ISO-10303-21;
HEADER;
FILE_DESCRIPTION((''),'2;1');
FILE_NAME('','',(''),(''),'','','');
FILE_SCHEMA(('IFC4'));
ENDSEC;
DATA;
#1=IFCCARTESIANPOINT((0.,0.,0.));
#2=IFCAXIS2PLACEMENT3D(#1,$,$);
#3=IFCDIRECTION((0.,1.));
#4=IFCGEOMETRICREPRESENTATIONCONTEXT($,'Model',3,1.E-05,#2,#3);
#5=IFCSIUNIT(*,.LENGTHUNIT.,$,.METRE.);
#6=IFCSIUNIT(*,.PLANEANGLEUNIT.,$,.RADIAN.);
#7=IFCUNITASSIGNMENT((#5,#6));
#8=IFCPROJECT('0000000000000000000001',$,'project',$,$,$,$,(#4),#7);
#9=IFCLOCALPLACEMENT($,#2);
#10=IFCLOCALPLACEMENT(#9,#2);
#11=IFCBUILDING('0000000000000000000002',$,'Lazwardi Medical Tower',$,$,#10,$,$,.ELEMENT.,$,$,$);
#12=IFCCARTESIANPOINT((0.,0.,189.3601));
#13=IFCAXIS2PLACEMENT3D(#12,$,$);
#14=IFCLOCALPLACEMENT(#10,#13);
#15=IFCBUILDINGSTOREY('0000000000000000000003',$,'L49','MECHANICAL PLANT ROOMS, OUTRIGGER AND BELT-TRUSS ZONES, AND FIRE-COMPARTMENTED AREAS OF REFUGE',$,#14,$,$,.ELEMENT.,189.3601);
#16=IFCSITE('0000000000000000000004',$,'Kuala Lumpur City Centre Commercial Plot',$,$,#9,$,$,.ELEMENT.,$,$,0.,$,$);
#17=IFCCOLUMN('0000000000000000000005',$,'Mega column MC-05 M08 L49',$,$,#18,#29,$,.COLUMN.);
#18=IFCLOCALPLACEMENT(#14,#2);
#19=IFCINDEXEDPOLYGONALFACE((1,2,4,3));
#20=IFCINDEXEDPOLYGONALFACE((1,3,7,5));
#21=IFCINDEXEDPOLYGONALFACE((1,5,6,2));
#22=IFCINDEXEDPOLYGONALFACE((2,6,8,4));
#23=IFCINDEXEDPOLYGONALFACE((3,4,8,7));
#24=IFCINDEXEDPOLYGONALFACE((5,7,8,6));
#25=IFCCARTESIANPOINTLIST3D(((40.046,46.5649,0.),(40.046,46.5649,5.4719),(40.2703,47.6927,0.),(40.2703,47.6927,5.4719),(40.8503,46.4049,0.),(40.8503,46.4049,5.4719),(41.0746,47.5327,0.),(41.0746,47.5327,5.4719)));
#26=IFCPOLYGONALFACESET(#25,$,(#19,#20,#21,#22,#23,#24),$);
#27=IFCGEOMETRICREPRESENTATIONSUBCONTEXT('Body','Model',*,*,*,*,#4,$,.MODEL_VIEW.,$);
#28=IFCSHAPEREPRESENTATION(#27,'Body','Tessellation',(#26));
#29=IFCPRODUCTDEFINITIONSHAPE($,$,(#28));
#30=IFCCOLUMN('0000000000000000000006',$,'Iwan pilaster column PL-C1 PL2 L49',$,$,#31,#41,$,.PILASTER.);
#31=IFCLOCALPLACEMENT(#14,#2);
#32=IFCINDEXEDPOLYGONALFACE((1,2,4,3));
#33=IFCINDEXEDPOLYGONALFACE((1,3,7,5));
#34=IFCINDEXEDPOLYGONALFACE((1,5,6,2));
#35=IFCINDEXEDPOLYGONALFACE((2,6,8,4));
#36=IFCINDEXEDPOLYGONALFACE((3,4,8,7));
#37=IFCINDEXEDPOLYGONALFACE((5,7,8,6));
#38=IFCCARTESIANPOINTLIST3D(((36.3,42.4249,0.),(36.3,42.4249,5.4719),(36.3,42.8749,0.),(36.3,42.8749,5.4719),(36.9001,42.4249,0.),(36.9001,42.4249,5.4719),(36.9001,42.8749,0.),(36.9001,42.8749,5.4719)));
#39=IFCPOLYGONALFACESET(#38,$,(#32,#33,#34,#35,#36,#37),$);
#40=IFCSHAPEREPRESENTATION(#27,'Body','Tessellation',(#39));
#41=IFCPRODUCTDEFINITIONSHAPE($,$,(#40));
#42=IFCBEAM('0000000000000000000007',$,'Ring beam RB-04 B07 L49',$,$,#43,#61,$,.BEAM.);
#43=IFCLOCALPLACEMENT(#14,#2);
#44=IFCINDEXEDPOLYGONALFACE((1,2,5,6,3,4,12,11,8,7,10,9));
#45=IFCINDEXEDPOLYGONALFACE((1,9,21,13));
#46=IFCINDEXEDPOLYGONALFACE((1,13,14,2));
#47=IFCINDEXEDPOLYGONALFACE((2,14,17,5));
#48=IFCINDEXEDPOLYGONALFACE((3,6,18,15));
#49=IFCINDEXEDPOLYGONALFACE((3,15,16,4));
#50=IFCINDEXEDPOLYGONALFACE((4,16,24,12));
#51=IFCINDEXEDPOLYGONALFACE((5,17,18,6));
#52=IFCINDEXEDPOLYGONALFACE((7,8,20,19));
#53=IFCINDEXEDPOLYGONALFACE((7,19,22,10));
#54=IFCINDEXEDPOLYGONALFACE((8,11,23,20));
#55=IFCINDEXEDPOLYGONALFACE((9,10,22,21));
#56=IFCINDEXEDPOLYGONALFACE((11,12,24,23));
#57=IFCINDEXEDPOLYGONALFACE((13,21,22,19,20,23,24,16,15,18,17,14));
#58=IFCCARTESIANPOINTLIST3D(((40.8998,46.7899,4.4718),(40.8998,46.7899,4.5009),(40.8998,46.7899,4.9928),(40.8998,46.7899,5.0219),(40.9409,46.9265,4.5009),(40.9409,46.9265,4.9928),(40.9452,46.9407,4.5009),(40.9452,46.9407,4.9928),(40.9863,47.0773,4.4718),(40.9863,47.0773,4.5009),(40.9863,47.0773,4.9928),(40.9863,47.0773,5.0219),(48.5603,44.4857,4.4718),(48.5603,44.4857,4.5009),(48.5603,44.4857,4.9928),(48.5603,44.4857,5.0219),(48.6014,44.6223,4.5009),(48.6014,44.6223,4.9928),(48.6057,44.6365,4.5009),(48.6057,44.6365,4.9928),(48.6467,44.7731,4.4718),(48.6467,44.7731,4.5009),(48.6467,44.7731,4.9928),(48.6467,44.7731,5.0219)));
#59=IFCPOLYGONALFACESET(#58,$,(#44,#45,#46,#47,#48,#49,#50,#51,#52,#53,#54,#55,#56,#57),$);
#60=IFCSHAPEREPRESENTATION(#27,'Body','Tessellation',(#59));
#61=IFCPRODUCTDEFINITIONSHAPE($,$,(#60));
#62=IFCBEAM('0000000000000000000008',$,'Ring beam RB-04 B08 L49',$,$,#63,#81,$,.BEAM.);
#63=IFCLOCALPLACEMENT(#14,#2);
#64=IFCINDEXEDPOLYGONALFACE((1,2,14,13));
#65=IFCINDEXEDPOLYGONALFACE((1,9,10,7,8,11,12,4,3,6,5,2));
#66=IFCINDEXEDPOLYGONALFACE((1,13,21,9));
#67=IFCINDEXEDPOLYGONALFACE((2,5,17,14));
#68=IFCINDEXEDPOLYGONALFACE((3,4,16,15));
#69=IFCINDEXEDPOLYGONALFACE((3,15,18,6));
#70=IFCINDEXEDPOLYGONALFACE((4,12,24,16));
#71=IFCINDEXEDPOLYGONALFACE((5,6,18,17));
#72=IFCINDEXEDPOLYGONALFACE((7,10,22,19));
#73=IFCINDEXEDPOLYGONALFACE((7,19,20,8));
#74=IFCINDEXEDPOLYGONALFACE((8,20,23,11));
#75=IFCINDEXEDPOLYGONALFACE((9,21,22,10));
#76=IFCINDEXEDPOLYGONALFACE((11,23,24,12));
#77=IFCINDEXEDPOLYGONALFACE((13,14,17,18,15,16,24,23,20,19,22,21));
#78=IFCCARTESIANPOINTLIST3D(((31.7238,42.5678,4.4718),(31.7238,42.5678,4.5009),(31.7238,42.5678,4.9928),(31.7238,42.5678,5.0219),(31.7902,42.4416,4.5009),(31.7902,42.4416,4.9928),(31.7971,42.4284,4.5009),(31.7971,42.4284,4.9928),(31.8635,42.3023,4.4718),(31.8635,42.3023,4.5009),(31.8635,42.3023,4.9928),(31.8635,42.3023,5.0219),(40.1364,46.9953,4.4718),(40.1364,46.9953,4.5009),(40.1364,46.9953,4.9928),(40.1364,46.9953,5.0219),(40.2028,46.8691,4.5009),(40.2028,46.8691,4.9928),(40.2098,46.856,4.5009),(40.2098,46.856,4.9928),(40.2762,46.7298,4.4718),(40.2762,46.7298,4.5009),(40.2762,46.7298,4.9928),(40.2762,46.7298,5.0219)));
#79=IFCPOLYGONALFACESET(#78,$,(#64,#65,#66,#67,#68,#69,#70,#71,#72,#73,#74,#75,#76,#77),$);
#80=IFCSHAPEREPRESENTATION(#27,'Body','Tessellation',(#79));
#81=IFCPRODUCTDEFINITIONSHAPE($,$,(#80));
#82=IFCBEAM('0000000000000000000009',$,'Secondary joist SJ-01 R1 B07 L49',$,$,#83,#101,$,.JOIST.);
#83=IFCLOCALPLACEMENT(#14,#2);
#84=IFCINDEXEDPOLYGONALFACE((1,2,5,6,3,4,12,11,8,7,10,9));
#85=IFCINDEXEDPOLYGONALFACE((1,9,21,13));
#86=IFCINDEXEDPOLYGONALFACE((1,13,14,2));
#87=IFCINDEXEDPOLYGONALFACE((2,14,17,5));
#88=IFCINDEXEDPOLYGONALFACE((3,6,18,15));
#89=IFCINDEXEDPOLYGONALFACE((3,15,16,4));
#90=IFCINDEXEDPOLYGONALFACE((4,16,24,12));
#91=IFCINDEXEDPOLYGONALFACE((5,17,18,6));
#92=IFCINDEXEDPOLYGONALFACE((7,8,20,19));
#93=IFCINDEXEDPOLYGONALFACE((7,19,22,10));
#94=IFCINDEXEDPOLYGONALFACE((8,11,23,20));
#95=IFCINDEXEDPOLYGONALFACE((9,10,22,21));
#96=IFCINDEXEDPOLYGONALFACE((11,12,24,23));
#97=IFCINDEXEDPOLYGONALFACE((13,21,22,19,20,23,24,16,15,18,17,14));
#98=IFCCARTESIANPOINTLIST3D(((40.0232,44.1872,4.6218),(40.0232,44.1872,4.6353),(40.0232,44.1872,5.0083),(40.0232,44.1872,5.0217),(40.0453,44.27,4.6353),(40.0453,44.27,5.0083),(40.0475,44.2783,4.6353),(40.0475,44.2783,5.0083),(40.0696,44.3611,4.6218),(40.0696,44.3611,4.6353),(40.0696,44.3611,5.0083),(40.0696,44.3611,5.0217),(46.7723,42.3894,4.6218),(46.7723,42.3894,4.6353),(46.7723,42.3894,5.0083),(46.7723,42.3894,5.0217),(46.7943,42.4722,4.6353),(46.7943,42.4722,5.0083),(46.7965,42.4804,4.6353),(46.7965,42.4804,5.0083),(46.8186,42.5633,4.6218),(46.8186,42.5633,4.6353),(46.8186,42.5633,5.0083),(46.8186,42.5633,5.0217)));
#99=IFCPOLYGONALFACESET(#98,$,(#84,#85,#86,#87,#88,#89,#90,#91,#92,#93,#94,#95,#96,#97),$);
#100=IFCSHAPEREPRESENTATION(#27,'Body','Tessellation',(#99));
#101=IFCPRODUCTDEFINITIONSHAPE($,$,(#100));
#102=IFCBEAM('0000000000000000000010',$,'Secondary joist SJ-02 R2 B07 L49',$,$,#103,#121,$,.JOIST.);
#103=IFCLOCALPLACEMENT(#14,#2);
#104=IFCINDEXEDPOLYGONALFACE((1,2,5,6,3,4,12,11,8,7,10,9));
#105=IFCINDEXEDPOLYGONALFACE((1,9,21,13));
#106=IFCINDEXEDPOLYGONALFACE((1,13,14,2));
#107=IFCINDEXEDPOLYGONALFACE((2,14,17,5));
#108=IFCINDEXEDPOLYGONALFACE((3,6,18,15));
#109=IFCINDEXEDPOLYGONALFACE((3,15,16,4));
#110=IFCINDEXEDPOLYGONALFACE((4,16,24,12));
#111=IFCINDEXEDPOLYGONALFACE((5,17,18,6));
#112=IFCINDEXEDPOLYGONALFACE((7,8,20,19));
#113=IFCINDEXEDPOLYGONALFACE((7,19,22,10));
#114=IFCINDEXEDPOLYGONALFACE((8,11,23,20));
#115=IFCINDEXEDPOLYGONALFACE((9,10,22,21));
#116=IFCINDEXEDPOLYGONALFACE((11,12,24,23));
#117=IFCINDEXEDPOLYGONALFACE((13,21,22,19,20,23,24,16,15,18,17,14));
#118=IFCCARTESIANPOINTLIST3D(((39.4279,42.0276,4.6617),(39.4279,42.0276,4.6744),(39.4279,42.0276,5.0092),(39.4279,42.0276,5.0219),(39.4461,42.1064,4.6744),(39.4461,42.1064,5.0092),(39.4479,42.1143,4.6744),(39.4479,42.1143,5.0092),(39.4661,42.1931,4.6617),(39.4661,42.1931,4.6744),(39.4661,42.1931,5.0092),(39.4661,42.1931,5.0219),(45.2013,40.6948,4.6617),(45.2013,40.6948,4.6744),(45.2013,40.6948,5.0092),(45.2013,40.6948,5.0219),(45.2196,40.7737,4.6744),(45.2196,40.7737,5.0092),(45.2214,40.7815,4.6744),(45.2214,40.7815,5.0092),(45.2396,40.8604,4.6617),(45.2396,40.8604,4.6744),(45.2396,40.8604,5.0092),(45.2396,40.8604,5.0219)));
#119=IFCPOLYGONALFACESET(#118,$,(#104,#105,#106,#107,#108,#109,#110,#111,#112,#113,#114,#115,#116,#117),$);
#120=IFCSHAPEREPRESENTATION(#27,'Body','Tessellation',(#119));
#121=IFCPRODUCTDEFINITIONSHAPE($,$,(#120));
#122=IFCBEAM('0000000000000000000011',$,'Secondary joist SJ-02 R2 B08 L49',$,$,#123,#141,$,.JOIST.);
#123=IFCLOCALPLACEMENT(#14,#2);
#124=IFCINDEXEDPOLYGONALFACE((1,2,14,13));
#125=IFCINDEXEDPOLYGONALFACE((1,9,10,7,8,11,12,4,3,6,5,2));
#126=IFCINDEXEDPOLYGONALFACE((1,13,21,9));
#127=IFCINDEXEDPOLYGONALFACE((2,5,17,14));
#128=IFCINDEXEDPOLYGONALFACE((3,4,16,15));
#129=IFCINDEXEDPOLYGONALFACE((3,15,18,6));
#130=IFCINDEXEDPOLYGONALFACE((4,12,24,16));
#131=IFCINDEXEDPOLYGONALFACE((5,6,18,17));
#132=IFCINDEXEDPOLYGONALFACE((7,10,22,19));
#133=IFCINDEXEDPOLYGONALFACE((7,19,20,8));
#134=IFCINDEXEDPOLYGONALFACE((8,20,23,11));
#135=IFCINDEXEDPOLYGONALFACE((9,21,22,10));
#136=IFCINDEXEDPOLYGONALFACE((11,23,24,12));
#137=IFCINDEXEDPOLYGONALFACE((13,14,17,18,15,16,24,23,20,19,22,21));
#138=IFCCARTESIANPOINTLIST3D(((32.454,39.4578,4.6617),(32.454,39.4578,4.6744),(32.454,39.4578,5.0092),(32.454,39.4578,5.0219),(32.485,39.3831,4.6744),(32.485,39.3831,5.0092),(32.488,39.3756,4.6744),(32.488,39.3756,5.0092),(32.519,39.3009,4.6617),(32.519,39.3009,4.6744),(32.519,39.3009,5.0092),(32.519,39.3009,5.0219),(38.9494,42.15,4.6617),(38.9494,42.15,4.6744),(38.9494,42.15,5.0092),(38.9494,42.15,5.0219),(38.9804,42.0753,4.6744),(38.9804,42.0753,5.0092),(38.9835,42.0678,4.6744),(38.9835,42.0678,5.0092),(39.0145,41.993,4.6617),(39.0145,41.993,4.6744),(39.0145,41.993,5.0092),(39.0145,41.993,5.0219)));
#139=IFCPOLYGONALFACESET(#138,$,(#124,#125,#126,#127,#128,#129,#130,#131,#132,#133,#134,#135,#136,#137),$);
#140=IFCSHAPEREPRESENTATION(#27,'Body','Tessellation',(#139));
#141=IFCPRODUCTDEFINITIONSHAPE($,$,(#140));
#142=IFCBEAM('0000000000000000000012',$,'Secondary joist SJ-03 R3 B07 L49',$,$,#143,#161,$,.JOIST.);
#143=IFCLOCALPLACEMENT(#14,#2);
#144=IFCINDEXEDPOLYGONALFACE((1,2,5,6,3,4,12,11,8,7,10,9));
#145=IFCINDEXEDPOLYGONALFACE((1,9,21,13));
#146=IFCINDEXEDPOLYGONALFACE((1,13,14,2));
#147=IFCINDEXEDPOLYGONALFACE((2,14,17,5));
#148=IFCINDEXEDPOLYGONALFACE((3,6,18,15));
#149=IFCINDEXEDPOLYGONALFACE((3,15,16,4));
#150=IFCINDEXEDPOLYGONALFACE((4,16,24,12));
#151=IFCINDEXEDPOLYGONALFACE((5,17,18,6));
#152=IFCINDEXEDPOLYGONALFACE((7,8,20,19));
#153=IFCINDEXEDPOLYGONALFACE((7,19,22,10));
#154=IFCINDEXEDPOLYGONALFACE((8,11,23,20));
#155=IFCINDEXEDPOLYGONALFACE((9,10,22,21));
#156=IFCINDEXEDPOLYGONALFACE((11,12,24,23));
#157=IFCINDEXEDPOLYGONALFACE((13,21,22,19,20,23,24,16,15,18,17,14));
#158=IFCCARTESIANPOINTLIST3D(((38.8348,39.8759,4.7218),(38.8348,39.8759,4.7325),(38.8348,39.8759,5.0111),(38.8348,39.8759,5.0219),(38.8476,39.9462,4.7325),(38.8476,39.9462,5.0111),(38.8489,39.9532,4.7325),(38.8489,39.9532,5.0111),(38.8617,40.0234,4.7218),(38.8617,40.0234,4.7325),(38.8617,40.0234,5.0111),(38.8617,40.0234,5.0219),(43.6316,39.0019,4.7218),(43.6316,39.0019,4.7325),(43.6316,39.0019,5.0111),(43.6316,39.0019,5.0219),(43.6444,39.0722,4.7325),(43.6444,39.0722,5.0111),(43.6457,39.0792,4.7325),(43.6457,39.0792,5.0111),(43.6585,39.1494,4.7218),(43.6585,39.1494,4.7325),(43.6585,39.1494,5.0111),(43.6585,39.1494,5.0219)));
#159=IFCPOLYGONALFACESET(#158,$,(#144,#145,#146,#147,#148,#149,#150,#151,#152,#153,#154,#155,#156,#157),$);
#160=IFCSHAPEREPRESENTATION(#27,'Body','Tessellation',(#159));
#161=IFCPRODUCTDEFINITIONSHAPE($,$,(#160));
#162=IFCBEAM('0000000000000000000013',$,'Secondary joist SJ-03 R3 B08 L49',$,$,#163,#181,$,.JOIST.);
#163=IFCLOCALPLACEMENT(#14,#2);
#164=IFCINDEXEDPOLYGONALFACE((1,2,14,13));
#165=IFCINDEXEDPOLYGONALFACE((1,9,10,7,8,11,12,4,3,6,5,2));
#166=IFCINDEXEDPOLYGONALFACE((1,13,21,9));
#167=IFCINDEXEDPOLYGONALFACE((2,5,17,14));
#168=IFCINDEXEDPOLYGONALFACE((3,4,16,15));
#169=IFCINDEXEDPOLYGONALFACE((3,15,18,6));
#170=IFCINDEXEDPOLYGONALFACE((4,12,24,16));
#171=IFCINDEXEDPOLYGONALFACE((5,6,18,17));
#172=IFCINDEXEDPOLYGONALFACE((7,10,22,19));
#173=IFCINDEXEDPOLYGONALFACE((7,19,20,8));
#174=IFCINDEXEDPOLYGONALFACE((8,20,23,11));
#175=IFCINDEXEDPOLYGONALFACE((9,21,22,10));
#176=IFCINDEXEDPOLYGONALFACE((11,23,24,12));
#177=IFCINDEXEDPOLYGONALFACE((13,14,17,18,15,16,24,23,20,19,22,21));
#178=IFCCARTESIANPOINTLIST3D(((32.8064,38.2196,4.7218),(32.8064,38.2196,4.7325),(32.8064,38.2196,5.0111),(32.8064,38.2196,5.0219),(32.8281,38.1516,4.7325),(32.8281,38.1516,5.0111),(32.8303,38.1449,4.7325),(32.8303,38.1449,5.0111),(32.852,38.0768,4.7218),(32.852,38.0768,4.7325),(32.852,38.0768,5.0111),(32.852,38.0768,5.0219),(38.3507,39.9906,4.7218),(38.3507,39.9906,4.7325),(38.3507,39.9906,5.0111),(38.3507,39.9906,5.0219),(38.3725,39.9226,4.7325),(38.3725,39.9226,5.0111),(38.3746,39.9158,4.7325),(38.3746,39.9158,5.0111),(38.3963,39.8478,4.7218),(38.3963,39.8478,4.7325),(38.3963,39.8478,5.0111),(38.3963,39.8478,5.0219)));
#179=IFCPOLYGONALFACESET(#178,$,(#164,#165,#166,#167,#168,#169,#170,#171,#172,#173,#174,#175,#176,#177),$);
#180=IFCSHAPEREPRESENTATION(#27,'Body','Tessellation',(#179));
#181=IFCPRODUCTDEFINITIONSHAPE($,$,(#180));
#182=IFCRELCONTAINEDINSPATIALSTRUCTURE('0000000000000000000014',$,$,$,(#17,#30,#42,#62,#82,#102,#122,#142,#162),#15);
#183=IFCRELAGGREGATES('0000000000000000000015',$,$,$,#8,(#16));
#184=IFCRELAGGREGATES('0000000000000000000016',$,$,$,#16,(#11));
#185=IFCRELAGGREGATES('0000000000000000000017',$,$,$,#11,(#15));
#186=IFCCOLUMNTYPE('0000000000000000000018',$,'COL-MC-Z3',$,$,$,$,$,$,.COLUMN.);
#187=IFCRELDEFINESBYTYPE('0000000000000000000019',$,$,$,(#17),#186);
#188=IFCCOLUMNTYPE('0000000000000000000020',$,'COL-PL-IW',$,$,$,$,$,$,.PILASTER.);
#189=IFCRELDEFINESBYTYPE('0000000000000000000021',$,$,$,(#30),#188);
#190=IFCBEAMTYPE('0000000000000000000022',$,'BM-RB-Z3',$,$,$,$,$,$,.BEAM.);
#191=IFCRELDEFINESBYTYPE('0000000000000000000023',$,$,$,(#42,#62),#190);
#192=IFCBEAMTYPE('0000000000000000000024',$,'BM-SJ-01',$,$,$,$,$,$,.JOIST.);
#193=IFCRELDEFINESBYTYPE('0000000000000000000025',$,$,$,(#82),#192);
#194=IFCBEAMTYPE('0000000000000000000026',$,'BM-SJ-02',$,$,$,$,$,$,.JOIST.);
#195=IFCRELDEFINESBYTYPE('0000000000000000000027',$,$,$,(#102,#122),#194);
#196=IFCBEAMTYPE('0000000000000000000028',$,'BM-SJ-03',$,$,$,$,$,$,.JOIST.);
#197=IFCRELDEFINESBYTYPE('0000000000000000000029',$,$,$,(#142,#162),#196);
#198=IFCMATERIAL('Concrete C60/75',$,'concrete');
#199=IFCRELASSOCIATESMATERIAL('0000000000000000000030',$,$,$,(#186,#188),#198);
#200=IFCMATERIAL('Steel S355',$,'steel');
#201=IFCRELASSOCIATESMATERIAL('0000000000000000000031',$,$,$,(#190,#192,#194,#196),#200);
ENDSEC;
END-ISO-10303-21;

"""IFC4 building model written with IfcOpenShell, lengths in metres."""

from ifc_helpers import new_model, si_unit, direction, frame, origin, origin_2d, place, context, subcontext, project, spatial, rectangle, i_section, extrude, material, material_profile, profile_set, type_object, element, save


model = new_model("IFC4")

# Units and contexts
model_context = context("Model", 3, precision=1e-05, world=origin(), true_north=direction((0.0, 1.0)))
body_context = subcontext(model_context, "Body", "Model", "MODEL_VIEW")
ifc_project = project(units=[si_unit("LENGTHUNIT", "METRE"), si_unit("PLANEANGLEUNIT", "RADIAN")], contexts=[model_context])

# Site, building, storey
site_placement = place(None, origin())
site = spatial("IfcSite", under=ifc_project, at=site_placement, Name="Kuala Lumpur City Centre Commercial Plot", CompositionType="ELEMENT", RefElevation=0.0)
building_placement = place(site_placement, origin())
building = spatial("IfcBuilding", under=site, at=building_placement, Name="Lazwardi Medical Tower", CompositionType="ELEMENT")
storey_placement = place(building_placement, frame((0.0, 0.0, 189.3601)))
storey = spatial("IfcBuildingStorey", under=building, at=storey_placement, Name="L49", Description="MECHANICAL PLANT ROOMS, OUTRIGGER AND BELT-TRUSS ZONES, AND FIRE-COMPARTMENTED AREAS OF REFUGE", CompositionType="ELEMENT", Elevation=189.3601)

# Columns
ifc_material_1 = material(Name="Concrete C60/75", Category="concrete")
ifc_material_profile_1 = material_profile(ifc_material_1, rectangle(XDim=1.1499, YDim=0.8201, at=origin_2d()), Name="CFT-RECT 1150x820")
ifc_profile_set_1 = profile_set([ifc_material_profile_1], Name="Concrete C60/75")
column_type_1 = type_object("IfcColumnType", Name="COL-MC-Z3", PredefinedType="COLUMN", material=ifc_profile_set_1)
column_1_placement = place(storey_placement, frame((40.5603, 47.0488, 0.0), z_axis=(0.0, 0.0, 1.0), x_axis=(0.19509, 0.980785, 0.0)))
element("IfcColumn", 1, at=column_1_placement, inside=storey, type_object=column_type_1, Name="Mega column MC-05 M08 L49", PredefinedType="COLUMN", context=body_context, shape_type="SweptSolid", body=[
    extrude(rectangle(XDim=1.1499, YDim=0.8201, at=origin_2d()), origin(), (0.0, 0.0, 1.0), 5.4719),
])
ifc_material_profile_2 = material_profile(ifc_material_1, rectangle(XDim=0.6001, YDim=0.45, at=origin_2d()), Name="RC 600x450")
ifc_profile_set_2 = profile_set([ifc_material_profile_2], Name="Concrete C60/75")
column_type_2 = type_object("IfcColumnType", Name="COL-PL-IW", PredefinedType="PILASTER", material=ifc_profile_set_2)
column_2_placement = place(storey_placement, frame((36.6001, 42.6499, 0.0), z_axis=(0.0, 0.0, 1.0), x_axis=(1.0, 0.0, 0.0)))
element("IfcColumn", 2, at=column_2_placement, inside=storey, type_object=column_type_2, Name="Iwan pilaster column PL-C1 PL2 L49", PredefinedType="PILASTER", context=body_context, shape_type="SweptSolid", body=[
    extrude(rectangle(XDim=0.6001, YDim=0.45, at=origin_2d()), origin(), (0.0, 0.0, 1.0), 5.4719),
])

# Beams
ifc_material_2 = material(Name="Steel S355", Category="steel")
ifc_material_profile_3 = material_profile(ifc_material_2, i_section(OverallWidth=0.3, OverallDepth=0.55, WebThickness=0.0149, FlangeThickness=0.0291, at=origin_2d()), Name="HEB 550")
ifc_profile_set_3 = profile_set([ifc_material_profile_3], Name="Steel S355")
beam_type_1 = type_object("IfcBeamType", Name="BM-RB-Z3", PredefinedType="BEAM", material=ifc_profile_set_3)
beam_1_placement = place(storey_placement, frame((48.6035, 44.6294, 4.7468), z_axis=(-0.957617, 0.288045, 0.0), x_axis=(-0.288045, -0.957617, 0.0)))
element("IfcBeam", 3, at=beam_1_placement, inside=storey, type_object=beam_type_1, Name="Ring beam RB-04 B07 L49", PredefinedType="BEAM", context=body_context, shape_type="SweptSolid", body=[
    extrude(i_section(OverallWidth=0.3, OverallDepth=0.55, WebThickness=0.0149, FlangeThickness=0.0291, at=origin_2d()), origin(), (0.0, 0.0, 1.0), 7.9995),
])
beam_2_placement = place(storey_placement, frame((40.2063, 46.8625, 4.7468), z_axis=(-0.884927, -0.465731, 0.0), x_axis=(0.465731, -0.884927, 0.0)))
element("IfcBeam", 4, at=beam_2_placement, inside=storey, type_object=beam_type_1, Name="Ring beam RB-04 B08 L49", PredefinedType="BEAM", context=body_context, shape_type="SweptSolid", body=[
    extrude(i_section(OverallWidth=0.3, OverallDepth=0.55, WebThickness=0.0149, FlangeThickness=0.0291, at=origin_2d()), origin(), (0.0, 0.0, 1.0), 9.5066),
])
ifc_material_profile_4 = material_profile(ifc_material_2, i_section(OverallWidth=0.1799, OverallDepth=0.3999, WebThickness=0.0085, FlangeThickness=0.0134, at=origin_2d()), Name="IPE 400")
ifc_profile_set_4 = profile_set([ifc_material_profile_4], Name="Steel S355")
beam_type_2 = type_object("IfcBeamType", Name="BM-SJ-01", PredefinedType="JOIST", material=ifc_profile_set_4)
beam_3_placement = place(storey_placement, frame((46.7954, 42.4763, 4.8218), z_axis=(-0.966302, 0.25741, 0.0), x_axis=(-0.25741, -0.966302, 0.0)))
element("IfcBeam", 5, at=beam_3_placement, inside=storey, type_object=beam_type_2, Name="Secondary joist SJ-01 R1 B07 L49", PredefinedType="JOIST", context=body_context, shape_type="SweptSolid", body=[
    extrude(i_section(OverallWidth=0.1799, OverallDepth=0.3999, WebThickness=0.0085, FlangeThickness=0.0134, at=origin_2d()), origin(), (0.0, 0.0, 1.0), 6.9844),
])
ifc_material_profile_5 = material_profile(ifc_material_2, i_section(OverallWidth=0.1699, OverallDepth=0.3601, WebThickness=0.0081, FlangeThickness=0.0127, at=origin_2d()), Name="IPE 360")
ifc_profile_set_5 = profile_set([ifc_material_profile_5], Name="Steel S355")
beam_type_3 = type_object("IfcBeamType", Name="BM-SJ-02", PredefinedType="JOIST", material=ifc_profile_set_5)
beam_4_placement = place(storey_placement, frame((45.2205, 40.7776, 4.8418), z_axis=(-0.974375, 0.224929, 0.0), x_axis=(-0.224929, -0.974375, 0.0)))
element("IfcBeam", 6, at=beam_4_placement, inside=storey, type_object=beam_type_3, Name="Secondary joist SJ-02 R2 B07 L49", PredefinedType="JOIST", context=body_context, shape_type="SweptSolid", body=[
    extrude(i_section(OverallWidth=0.1699, OverallDepth=0.3601, WebThickness=0.0081, FlangeThickness=0.0127, at=origin_2d()), origin(), (0.0, 0.0, 1.0), 5.9253),
])
beam_5_placement = place(storey_placement, frame((38.9819, 42.0715, 4.8418), z_axis=(-0.923795, -0.382886, 0.0), x_axis=(0.382886, -0.923795, 0.0)))
element("IfcBeam", 7, at=beam_5_placement, inside=storey, type_object=beam_type_3, Name="Secondary joist SJ-02 R2 B08 L49", PredefinedType="JOIST", context=body_context, shape_type="SweptSolid", body=[
    extrude(i_section(OverallWidth=0.1699, OverallDepth=0.3601, WebThickness=0.0081, FlangeThickness=0.0127, at=origin_2d()), origin(), (0.0, 0.0, 1.0), 7.0312),
])
ifc_material_profile_6 = material_profile(ifc_material_2, i_section(OverallWidth=0.1499, OverallDepth=0.3, WebThickness=0.0071, FlangeThickness=0.0107, at=origin_2d()), Name="IPE 300")
ifc_profile_set_6 = profile_set([ifc_material_profile_6], Name="Steel S355")
beam_type_4 = type_object("IfcBeamType", Name="BM-SJ-03", PredefinedType="JOIST", material=ifc_profile_set_6)
beam_6_placement = place(storey_placement, frame((43.645, 39.0757, 4.8718), z_axis=(-0.983803, 0.179256, 0.0), x_axis=(-0.179256, -0.983803, 0.0)))
element("IfcBeam", 8, at=beam_6_placement, inside=storey, type_object=beam_type_4, Name="Secondary joist SJ-03 R3 B07 L49", PredefinedType="JOIST", context=body_context, shape_type="SweptSolid", body=[
    extrude(i_section(OverallWidth=0.1499, OverallDepth=0.3, WebThickness=0.0071, FlangeThickness=0.0107, at=origin_2d()), origin(), (0.0, 0.0, 1.0), 4.8757),
])
beam_7_placement = place(storey_placement, frame((38.3735, 39.9192, 4.8718), z_axis=(-0.952585, -0.304273, 0.0), x_axis=(0.304273, -0.952585, 0.0)))
element("IfcBeam", 9, at=beam_7_placement, inside=storey, type_object=beam_type_4, Name="Secondary joist SJ-03 R3 B08 L49", PredefinedType="JOIST", context=body_context, shape_type="SweptSolid", body=[
    extrude(i_section(OverallWidth=0.1499, OverallDepth=0.3, WebThickness=0.0071, FlangeThickness=0.0107, at=origin_2d()), origin(), (0.0, 0.0, 1.0), 5.8203),
])

save(model, "model.ifc")
